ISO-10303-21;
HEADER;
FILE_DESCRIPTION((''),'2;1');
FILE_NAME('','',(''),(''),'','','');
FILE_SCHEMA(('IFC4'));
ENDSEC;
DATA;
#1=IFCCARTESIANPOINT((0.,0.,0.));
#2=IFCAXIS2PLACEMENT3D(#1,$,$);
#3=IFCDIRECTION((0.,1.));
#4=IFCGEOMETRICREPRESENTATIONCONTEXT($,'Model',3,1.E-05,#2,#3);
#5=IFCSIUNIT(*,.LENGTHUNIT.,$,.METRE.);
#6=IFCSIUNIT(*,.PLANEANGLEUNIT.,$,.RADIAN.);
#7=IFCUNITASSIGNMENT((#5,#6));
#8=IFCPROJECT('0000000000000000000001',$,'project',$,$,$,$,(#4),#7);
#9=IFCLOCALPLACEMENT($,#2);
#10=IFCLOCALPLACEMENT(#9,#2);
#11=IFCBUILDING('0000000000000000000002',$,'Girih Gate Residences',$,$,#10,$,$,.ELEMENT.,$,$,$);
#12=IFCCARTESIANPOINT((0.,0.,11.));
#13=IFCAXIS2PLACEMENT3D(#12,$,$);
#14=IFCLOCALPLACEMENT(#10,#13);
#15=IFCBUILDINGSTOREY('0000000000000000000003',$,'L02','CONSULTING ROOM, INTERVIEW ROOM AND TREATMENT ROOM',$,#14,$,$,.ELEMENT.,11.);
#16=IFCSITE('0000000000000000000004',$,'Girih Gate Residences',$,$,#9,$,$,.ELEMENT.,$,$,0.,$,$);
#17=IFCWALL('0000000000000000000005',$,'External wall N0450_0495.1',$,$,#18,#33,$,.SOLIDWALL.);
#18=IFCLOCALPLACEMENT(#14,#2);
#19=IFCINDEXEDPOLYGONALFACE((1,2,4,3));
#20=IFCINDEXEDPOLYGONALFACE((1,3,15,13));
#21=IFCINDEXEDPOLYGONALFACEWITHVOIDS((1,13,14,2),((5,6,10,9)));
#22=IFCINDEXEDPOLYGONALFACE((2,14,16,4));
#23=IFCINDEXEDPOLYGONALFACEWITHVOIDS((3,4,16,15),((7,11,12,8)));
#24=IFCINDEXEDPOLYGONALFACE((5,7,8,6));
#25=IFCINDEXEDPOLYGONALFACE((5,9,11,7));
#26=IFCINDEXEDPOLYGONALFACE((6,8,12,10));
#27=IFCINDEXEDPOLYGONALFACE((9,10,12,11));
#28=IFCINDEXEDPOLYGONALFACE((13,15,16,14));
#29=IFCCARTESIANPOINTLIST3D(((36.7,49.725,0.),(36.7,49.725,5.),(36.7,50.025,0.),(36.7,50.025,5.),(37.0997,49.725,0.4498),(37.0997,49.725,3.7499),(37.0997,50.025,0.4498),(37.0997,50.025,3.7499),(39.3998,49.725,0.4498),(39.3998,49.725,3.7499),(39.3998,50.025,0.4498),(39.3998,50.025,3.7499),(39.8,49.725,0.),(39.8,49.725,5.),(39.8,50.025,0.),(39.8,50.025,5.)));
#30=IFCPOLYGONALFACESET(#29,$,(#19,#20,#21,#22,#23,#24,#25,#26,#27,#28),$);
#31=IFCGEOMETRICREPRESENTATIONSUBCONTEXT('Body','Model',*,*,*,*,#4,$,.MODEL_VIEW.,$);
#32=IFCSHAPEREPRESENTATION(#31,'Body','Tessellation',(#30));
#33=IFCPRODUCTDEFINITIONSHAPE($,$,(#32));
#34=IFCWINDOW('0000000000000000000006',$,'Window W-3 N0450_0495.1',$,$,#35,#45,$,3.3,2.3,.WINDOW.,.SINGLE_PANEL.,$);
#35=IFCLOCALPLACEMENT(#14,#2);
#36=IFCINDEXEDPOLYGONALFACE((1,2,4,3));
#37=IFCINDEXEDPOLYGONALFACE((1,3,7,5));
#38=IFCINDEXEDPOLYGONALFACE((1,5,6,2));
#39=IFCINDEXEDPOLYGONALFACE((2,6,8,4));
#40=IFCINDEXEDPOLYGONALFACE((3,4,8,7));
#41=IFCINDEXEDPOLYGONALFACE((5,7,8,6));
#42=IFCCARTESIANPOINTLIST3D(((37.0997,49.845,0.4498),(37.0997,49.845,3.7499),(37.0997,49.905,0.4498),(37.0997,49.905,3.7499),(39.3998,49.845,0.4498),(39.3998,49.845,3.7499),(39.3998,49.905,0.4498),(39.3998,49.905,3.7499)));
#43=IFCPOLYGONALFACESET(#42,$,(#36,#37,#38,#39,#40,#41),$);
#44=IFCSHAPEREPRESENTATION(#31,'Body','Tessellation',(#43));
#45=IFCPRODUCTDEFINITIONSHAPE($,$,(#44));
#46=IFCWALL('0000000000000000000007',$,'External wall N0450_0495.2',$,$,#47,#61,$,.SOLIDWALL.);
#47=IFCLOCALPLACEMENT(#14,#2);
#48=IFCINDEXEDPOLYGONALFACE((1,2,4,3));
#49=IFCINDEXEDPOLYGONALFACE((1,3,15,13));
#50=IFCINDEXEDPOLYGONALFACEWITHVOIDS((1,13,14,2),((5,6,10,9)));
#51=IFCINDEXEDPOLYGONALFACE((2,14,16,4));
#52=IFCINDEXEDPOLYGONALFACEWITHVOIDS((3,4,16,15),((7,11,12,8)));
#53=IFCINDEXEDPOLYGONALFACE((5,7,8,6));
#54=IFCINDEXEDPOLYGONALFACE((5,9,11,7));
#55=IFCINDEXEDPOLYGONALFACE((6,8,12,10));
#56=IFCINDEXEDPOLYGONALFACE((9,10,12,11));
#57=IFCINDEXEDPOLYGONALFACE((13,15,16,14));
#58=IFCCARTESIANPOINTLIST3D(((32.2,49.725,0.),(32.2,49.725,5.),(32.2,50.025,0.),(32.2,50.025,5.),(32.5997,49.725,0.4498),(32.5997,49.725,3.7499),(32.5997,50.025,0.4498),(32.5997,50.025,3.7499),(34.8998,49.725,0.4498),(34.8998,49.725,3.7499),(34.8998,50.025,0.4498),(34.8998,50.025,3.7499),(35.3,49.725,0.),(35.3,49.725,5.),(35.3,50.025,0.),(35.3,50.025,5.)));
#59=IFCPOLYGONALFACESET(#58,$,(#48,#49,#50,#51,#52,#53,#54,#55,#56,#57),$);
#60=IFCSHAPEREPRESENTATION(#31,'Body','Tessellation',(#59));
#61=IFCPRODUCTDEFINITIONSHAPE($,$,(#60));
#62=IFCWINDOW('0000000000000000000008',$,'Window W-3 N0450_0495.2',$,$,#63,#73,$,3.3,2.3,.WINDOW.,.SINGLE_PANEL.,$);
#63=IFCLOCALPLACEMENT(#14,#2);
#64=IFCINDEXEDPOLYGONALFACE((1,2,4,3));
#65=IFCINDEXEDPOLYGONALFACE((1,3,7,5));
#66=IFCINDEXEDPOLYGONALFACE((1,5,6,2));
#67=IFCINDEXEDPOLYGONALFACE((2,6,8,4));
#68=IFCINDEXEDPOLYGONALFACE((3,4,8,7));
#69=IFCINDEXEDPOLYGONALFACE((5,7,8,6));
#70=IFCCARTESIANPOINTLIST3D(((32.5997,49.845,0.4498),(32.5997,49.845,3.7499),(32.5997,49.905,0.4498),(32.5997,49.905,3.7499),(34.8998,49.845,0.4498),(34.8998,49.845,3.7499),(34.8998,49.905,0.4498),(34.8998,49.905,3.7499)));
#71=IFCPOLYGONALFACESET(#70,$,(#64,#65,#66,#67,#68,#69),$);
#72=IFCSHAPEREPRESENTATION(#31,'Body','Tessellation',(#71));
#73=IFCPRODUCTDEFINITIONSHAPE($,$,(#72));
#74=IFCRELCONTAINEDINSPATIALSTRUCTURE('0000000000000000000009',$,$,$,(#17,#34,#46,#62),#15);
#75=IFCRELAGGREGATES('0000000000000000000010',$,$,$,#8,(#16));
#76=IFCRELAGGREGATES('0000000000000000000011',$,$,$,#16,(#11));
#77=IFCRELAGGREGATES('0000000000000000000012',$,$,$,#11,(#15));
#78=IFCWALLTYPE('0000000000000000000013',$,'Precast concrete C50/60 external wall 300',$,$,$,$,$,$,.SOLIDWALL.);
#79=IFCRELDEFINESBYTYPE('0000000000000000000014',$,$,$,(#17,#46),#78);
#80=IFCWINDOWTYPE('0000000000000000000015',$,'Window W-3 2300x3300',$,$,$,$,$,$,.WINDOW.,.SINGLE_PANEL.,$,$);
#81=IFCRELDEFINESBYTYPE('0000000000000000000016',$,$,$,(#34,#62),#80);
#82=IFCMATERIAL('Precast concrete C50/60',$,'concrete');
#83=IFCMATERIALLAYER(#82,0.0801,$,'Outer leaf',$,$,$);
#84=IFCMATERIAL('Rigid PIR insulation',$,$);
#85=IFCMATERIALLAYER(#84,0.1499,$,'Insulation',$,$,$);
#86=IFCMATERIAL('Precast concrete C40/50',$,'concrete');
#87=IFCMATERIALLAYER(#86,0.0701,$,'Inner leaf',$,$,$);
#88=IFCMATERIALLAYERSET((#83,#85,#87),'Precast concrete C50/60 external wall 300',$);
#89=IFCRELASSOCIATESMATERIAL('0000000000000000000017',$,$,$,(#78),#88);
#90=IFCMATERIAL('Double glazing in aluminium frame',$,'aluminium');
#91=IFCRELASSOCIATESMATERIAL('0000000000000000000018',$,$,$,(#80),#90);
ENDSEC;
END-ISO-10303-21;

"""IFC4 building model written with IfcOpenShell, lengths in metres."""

from ifc_helpers import new_model, si_unit, direction, frame, frame_2d, origin, place, context, subcontext, project, spatial, rectangle, extrude, material, layer, layer_set, type_object, element, fill, save


model = new_model("IFC4")

# Units and contexts
model_context = context("Model", 3, precision=1e-05, world=origin(), true_north=direction((0.0, 1.0)))
body_context = subcontext(model_context, "Body", "Model", "MODEL_VIEW")
ifc_project = project(units=[si_unit("LENGTHUNIT", "METRE"), si_unit("PLANEANGLEUNIT", "RADIAN")], contexts=[model_context])

# Site, building, storey
site_placement = place(None, origin())
site = spatial("IfcSite", under=ifc_project, at=site_placement, Name="Girih Gate Residences", CompositionType="ELEMENT", RefElevation=0.0)
building_placement = place(site_placement, origin())
building = spatial("IfcBuilding", under=site, at=building_placement, Name="Girih Gate Residences", CompositionType="ELEMENT")
storey_placement = place(building_placement, frame((0.0, 0.0, 11.0)))
storey = spatial("IfcBuildingStorey", under=building, at=storey_placement, Name="L02", Description="CONSULTING ROOM, INTERVIEW ROOM AND TREATMENT ROOM", CompositionType="ELEMENT", Elevation=11.0)

# Walls, openings, windows
ifc_material_1 = material(Name="Precast concrete C50/60", Category="concrete")
ifc_layer_1 = layer(ifc_material_1, 0.0801, Name="Outer leaf")
ifc_material_2 = material(Name="Rigid PIR insulation")
ifc_layer_2 = layer(ifc_material_2, 0.1499, Name="Insulation")
ifc_material_3 = material(Name="Precast concrete C40/50", Category="concrete")
ifc_layer_3 = layer(ifc_material_3, 0.0701, Name="Inner leaf")
ifc_layer_set_1 = layer_set([ifc_layer_1, ifc_layer_2, ifc_layer_3], Name="Precast concrete C50/60 external wall 300")
wall_type_1 = type_object("IfcWallType", Name="Precast concrete C50/60 external wall 300", PredefinedType="SOLIDWALL", material=ifc_layer_set_1)
ifc_material_4 = material(Name="Double glazing in aluminium frame", Category="aluminium")
window_type = type_object("IfcWindowType", Name="Window W-3 2300x3300", PartitioningType="SINGLE_PANEL", PredefinedType="WINDOW", material=ifc_material_4)
wall_1_placement = place(storey_placement, frame((36.7, 49.875, 0.0), z_axis=(0.0, 0.0, 1.0), x_axis=(1.0, 0.0, 0.0)))
wall_1 = element("IfcWall", 1, at=wall_1_placement, inside=storey, type_object=wall_type_1, Name="External wall N0450_0495.1", PredefinedType="SOLIDWALL", context=body_context, shape_type="SweptSolid", body=[
    extrude(rectangle(XDim=3.1001, YDim=0.3, at=frame_2d((1.55, 0.0))), origin(), (0.0, 0.0, 1.0), 5.0),
])
opening_1_placement = place(wall_1_placement, frame((0.3999, 0.0, 0.45)))
opening_1 = element("IfcOpeningElement", 2, at=opening_1_placement, cuts=wall_1, PredefinedType="OPENING", context=body_context, shape_type="SweptSolid", body=[
    extrude(rectangle(XDim=2.3, YDim=3.3, at=frame_2d((1.1499, 1.6499))), frame((0.0, 0.1599, 0.0), z_axis=(0.0, -1.0, 0.0), x_axis=(1.0, 0.0, 0.0)), (0.0, 0.0, 1.0), 0.3201),
])
window_1_placement = place(opening_1_placement, origin())
window_1 = element("IfcWindow", 3, at=window_1_placement, inside=storey, type_object=window_type, Name="Window W-3 N0450_0495.1", OverallHeight=3.3, OverallWidth=2.3, PartitioningType="SINGLE_PANEL", PredefinedType="WINDOW", context=body_context, shape_type="SweptSolid", body=[
    extrude(rectangle(XDim=2.3, YDim=3.3, at=frame_2d((1.1499, 1.6499))), frame((0.0, 0.03, 0.0), z_axis=(0.0, -1.0, 0.0), x_axis=(1.0, 0.0, 0.0)), (0.0, 0.0, 1.0), 0.0601),
])
fill(opening_1, window_1)
wall_2_placement = place(storey_placement, frame((32.2, 49.875, 0.0), z_axis=(0.0, 0.0, 1.0), x_axis=(1.0, 0.0, 0.0)))
wall_2 = element("IfcWall", 4, at=wall_2_placement, inside=storey, type_object=wall_type_1, Name="External wall N0450_0495.2", PredefinedType="SOLIDWALL", context=body_context, shape_type="SweptSolid", body=[
    extrude(rectangle(XDim=3.1001, YDim=0.3, at=frame_2d((1.55, 0.0))), origin(), (0.0, 0.0, 1.0), 5.0),
])
opening_2_placement = place(wall_2_placement, frame((0.3999, 0.0, 0.45)))
opening_2 = element("IfcOpeningElement", 5, at=opening_2_placement, cuts=wall_2, PredefinedType="OPENING", context=body_context, shape_type="SweptSolid", body=[
    extrude(rectangle(XDim=2.3, YDim=3.3, at=frame_2d((1.1499, 1.6499))), frame((0.0, 0.1599, 0.0), z_axis=(0.0, -1.0, 0.0), x_axis=(1.0, 0.0, 0.0)), (0.0, 0.0, 1.0), 0.3201),
])
window_2_placement = place(opening_2_placement, origin())
window_2 = element("IfcWindow", 6, at=window_2_placement, inside=storey, type_object=window_type, Name="Window W-3 N0450_0495.2", OverallHeight=3.3, OverallWidth=2.3, PartitioningType="SINGLE_PANEL", PredefinedType="WINDOW", context=body_context, shape_type="SweptSolid", body=[
    extrude(rectangle(XDim=2.3, YDim=3.3, at=frame_2d((1.1499, 1.6499))), frame((0.0, 0.03, 0.0), z_axis=(0.0, -1.0, 0.0), x_axis=(1.0, 0.0, 0.0)), (0.0, 0.0, 1.0), 0.0601),
])
fill(opening_2, window_2)

save(model, "model.ifc")
